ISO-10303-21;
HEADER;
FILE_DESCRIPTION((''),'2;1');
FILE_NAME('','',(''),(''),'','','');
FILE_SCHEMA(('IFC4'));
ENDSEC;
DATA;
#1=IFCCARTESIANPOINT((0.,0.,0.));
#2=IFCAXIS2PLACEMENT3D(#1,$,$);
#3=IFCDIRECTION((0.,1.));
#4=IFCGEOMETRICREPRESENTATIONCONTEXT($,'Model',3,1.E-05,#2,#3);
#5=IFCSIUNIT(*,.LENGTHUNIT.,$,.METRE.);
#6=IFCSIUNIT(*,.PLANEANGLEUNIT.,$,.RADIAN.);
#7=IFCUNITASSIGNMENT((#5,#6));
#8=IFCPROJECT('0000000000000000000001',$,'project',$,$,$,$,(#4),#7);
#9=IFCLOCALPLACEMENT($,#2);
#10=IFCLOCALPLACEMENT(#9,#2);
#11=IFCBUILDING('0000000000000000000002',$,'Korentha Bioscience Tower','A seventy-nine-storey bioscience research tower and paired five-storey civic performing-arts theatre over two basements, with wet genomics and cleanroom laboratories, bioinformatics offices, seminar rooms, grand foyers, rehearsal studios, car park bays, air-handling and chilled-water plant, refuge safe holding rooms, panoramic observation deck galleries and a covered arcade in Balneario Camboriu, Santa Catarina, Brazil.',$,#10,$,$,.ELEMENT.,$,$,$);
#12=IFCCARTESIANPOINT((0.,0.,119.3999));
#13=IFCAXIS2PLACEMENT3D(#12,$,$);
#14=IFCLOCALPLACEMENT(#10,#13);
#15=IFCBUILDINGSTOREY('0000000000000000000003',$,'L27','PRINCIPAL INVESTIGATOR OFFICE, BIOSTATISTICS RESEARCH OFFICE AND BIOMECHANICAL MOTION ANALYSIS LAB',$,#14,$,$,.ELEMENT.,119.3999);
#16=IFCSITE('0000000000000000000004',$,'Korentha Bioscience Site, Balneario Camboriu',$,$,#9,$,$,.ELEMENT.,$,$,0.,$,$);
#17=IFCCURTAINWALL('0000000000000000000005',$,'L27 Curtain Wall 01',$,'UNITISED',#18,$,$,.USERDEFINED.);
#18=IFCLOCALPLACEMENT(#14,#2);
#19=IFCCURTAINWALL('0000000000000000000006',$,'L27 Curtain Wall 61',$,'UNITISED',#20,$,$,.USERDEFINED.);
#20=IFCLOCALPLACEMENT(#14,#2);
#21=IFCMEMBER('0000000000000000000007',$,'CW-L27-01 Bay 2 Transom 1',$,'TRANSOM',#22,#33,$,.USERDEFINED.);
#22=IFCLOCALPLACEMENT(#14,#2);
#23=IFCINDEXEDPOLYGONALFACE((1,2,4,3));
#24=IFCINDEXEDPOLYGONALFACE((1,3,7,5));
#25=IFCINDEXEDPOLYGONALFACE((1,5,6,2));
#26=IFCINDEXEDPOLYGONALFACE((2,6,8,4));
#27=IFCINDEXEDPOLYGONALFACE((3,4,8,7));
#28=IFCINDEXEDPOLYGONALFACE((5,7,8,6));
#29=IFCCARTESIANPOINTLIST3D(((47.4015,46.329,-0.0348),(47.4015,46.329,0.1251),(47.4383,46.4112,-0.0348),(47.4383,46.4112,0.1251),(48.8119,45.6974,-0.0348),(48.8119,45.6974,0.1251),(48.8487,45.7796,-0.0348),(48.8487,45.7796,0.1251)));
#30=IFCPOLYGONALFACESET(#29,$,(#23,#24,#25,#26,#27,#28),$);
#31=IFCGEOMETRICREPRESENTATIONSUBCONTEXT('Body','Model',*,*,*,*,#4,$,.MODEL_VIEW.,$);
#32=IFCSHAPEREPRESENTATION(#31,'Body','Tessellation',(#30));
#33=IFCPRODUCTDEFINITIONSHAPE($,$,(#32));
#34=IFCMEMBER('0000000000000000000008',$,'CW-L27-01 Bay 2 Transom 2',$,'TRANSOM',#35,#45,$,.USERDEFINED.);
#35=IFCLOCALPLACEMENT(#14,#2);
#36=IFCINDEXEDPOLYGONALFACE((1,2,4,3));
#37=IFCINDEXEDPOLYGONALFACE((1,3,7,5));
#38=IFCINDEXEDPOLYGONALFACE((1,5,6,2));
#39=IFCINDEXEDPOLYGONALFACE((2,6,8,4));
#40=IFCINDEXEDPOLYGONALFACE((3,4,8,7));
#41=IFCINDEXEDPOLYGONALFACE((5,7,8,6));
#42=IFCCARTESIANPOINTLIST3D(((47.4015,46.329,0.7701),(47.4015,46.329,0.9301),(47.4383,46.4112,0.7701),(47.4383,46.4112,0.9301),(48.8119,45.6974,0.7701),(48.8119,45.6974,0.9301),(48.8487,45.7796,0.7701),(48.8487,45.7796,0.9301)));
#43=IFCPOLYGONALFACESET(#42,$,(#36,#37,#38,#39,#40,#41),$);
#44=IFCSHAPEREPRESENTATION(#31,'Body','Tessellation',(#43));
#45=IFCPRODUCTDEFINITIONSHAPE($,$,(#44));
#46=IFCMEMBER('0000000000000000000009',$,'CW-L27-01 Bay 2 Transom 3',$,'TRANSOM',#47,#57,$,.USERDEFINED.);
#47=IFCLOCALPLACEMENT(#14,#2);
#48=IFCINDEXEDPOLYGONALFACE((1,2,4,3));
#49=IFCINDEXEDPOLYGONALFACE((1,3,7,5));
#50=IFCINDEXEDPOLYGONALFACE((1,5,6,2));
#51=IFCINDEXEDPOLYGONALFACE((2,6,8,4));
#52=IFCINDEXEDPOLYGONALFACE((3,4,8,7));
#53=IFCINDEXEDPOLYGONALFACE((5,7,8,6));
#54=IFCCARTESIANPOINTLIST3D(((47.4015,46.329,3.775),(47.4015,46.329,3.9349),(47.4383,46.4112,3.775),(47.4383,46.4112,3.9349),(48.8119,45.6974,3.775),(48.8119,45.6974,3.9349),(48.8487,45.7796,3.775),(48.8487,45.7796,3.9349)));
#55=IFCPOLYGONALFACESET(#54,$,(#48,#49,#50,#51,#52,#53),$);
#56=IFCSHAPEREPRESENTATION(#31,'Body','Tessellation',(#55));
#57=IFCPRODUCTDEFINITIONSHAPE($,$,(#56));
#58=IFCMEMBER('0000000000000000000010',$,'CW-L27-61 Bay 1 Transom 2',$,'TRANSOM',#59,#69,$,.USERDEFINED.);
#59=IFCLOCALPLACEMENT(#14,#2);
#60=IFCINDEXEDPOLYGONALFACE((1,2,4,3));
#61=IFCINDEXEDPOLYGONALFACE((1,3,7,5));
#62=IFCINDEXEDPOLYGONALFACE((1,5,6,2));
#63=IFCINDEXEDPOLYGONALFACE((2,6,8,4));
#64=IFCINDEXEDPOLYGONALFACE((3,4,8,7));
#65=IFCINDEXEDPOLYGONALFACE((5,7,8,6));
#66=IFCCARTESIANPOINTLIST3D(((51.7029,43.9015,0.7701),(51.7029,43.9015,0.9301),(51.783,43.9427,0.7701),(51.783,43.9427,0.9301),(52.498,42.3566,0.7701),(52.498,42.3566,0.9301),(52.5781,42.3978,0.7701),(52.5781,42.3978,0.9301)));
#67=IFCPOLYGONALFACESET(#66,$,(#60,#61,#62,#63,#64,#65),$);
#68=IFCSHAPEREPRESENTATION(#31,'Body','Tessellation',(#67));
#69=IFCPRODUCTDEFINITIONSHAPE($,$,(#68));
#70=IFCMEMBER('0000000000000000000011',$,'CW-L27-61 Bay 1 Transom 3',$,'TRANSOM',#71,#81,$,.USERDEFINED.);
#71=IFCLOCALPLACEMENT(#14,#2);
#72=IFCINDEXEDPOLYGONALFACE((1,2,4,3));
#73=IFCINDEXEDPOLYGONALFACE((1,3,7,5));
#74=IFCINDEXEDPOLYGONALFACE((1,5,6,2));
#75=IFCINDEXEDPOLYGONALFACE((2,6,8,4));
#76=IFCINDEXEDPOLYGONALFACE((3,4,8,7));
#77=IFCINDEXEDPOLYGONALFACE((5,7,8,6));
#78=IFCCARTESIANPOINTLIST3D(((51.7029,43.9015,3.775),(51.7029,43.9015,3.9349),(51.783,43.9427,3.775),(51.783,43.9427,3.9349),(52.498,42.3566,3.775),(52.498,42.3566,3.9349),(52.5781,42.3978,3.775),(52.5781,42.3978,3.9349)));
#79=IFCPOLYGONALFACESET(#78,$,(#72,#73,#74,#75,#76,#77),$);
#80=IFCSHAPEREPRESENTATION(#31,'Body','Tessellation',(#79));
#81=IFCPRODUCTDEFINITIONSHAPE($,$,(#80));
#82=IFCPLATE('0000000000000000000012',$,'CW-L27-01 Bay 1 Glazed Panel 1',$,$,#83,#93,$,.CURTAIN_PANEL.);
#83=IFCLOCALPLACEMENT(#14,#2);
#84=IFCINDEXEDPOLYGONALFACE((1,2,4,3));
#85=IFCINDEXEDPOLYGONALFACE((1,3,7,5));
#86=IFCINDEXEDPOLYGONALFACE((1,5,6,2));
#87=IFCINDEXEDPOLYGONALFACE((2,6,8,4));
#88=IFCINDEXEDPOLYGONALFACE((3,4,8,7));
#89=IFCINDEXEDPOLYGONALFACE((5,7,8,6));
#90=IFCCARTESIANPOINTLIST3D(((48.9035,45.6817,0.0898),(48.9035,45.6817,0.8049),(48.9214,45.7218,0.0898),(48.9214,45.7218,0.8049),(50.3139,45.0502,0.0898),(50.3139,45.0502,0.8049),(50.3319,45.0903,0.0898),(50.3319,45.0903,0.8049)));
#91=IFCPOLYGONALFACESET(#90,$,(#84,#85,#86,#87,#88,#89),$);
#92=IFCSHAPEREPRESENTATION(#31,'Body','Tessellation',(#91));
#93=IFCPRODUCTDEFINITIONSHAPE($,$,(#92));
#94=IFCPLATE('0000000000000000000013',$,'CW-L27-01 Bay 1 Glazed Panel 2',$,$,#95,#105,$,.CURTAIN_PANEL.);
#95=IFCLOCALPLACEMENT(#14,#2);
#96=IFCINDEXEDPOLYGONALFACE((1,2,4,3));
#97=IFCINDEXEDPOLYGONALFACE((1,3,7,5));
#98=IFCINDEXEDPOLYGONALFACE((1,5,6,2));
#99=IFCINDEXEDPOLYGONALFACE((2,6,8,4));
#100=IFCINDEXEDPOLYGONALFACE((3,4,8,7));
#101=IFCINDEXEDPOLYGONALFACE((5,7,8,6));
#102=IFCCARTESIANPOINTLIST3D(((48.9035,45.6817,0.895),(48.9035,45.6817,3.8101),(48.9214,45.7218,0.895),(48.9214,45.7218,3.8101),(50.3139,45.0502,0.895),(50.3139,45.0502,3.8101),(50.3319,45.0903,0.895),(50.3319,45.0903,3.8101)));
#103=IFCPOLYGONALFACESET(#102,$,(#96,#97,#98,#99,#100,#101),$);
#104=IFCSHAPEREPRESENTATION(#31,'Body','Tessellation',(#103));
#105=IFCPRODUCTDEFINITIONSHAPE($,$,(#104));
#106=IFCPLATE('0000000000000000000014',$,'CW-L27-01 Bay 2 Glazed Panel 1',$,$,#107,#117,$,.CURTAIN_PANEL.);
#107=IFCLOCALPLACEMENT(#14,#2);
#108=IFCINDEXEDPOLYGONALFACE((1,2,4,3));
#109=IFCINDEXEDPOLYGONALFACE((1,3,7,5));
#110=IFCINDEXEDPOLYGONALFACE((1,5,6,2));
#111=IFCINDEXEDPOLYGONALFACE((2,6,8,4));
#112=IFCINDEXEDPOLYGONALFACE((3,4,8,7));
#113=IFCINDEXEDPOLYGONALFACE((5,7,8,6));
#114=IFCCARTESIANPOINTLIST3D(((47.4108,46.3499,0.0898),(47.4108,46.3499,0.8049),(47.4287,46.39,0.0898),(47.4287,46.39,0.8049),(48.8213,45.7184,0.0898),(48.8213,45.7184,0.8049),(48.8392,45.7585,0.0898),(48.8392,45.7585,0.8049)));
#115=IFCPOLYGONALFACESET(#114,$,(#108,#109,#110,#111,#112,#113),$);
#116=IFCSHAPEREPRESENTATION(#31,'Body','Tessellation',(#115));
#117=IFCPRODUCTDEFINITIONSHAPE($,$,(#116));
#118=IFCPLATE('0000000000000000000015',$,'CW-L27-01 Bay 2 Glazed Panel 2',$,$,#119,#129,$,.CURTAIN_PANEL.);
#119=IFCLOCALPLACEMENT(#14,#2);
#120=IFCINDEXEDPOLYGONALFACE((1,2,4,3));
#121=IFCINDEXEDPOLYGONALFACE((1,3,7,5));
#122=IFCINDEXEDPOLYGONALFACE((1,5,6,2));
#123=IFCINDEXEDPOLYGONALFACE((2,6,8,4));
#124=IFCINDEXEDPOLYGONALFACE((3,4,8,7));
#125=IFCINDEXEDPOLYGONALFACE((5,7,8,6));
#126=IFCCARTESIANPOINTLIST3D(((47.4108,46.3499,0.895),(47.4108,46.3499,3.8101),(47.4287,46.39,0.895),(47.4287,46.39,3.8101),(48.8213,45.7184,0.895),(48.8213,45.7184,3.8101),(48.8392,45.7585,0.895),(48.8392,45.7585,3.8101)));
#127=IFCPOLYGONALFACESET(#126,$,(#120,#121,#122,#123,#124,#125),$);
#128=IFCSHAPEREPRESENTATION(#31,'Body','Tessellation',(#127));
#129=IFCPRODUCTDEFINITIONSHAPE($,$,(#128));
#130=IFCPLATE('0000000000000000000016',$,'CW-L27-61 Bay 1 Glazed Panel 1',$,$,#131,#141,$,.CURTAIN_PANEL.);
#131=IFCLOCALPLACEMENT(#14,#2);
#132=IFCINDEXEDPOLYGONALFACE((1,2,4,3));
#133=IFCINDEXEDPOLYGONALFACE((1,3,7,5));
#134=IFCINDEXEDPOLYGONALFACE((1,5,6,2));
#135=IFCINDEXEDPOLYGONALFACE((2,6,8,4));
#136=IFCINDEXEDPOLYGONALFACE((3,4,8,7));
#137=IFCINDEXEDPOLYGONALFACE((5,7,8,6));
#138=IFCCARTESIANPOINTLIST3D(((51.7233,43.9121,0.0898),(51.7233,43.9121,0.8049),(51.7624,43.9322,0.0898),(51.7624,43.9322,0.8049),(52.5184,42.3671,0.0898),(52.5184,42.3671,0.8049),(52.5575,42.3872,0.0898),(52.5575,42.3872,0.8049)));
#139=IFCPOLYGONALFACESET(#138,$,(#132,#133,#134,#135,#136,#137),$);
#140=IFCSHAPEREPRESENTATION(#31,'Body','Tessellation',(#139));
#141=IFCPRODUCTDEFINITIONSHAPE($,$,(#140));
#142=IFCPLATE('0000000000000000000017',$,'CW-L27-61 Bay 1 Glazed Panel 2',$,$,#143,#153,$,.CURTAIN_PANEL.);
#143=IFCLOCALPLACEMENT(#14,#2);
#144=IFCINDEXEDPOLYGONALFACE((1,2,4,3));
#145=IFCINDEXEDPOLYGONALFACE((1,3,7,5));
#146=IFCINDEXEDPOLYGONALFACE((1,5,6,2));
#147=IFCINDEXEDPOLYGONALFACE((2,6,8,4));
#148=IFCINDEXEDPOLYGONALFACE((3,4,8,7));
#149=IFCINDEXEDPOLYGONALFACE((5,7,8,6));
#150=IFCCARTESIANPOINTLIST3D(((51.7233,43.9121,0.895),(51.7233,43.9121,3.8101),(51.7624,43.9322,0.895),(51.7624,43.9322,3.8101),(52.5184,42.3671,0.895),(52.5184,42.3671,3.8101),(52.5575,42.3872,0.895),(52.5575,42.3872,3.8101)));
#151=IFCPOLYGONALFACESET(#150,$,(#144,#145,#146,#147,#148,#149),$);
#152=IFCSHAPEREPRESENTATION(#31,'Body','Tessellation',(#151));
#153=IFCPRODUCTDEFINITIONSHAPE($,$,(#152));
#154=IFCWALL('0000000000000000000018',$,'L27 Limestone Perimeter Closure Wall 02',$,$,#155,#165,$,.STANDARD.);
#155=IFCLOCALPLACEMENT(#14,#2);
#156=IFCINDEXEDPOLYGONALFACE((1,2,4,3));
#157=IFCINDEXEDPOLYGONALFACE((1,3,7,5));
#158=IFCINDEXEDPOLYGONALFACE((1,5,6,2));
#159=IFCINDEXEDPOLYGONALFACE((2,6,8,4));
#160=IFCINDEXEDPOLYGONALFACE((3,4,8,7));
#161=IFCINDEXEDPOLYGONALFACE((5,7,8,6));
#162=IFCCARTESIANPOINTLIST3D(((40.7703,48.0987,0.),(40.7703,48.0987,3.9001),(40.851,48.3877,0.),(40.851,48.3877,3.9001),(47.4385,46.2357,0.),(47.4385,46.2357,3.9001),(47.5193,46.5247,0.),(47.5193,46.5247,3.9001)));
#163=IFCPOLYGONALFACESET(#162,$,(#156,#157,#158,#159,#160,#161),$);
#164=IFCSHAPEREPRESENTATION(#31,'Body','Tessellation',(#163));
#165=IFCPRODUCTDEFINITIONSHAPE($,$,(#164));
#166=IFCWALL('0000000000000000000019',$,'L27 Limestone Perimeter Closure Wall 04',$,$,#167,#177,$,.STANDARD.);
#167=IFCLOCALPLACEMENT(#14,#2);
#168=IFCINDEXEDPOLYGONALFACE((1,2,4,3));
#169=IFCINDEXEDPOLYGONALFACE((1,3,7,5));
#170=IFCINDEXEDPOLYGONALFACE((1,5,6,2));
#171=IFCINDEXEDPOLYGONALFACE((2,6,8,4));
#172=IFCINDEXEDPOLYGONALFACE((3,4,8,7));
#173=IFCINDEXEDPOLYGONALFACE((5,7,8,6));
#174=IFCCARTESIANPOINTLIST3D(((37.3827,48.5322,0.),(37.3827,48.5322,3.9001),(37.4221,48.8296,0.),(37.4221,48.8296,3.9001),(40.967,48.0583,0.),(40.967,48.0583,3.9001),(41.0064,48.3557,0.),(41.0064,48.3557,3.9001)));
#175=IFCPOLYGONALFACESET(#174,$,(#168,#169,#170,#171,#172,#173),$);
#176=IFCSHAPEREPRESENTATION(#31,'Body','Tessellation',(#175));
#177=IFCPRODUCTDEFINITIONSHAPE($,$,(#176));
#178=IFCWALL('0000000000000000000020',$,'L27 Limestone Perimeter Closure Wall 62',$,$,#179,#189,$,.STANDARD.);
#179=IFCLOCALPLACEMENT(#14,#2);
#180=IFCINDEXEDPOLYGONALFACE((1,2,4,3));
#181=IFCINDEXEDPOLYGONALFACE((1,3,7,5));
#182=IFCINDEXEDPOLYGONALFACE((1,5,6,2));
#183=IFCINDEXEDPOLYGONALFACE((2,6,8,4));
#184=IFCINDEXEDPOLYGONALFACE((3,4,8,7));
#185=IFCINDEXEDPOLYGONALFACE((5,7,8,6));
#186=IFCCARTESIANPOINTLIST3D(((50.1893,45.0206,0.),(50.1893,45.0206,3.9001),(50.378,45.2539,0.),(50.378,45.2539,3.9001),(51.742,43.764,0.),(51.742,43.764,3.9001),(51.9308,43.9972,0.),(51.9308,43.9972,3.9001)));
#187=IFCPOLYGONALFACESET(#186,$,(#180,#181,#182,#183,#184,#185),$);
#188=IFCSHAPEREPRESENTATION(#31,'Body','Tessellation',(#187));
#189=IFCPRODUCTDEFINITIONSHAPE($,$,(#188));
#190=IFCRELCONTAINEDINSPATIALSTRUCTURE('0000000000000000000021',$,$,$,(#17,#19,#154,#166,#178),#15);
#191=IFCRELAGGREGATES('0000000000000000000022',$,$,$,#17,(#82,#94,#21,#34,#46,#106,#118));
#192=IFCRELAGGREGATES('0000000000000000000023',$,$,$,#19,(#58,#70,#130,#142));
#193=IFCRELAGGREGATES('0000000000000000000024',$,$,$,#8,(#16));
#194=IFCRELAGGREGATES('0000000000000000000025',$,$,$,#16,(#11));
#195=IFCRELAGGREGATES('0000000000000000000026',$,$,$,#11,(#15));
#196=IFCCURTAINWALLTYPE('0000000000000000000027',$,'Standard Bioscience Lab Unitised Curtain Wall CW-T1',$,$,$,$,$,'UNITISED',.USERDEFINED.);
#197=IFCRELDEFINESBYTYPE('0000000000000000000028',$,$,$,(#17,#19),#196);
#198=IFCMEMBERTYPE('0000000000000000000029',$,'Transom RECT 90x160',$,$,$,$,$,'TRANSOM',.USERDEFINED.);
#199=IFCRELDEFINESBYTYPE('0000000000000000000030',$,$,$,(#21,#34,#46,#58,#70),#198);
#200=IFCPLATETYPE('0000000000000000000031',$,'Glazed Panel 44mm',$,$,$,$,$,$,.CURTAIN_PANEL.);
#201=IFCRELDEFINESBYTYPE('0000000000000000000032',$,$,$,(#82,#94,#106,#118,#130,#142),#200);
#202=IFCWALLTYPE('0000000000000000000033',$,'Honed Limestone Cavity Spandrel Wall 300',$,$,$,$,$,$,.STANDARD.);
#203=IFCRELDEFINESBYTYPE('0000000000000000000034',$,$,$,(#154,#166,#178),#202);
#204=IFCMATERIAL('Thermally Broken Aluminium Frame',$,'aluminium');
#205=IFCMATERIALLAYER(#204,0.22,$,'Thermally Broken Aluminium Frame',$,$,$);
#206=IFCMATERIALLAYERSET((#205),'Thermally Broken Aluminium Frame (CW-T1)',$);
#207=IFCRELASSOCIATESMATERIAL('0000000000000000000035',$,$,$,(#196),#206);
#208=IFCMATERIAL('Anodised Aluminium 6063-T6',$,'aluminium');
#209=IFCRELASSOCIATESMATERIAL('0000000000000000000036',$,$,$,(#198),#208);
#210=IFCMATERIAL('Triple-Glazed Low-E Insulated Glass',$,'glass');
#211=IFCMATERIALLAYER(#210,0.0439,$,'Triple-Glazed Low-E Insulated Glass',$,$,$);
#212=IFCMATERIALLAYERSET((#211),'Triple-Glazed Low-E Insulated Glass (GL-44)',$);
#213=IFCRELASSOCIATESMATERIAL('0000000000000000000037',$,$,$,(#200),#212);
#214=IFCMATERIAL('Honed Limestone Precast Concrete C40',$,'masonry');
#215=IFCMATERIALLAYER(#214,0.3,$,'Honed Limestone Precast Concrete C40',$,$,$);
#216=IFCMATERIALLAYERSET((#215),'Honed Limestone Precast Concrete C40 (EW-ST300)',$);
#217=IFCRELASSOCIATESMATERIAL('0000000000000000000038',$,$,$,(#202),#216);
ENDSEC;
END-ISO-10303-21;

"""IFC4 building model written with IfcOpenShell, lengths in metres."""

from ifc_helpers import new_model, si_unit, direction, frame, frame_2d, origin, origin_2d, place, context, subcontext, project, spatial, rectangle, extrude, material, layer, layer_set, material_profile, profile_set, type_object, element, aggregate, save


model = new_model("IFC4")

# Units and contexts
model_context = context("Model", 3, precision=1e-05, world=origin(), true_north=direction((0.0, 1.0)))
body_context = subcontext(model_context, "Body", "Model", "MODEL_VIEW")
ifc_project = project(units=[si_unit("LENGTHUNIT", "METRE"), si_unit("PLANEANGLEUNIT", "RADIAN")], contexts=[model_context])

# Site, building, storey
site_placement = place(None, origin())
site = spatial("IfcSite", under=ifc_project, at=site_placement, Name="Korentha Bioscience Site, Balneario Camboriu", CompositionType="ELEMENT", RefElevation=0.0)
building_placement = place(site_placement, origin())
building = spatial("IfcBuilding", under=site, at=building_placement, Name="Korentha Bioscience Tower", Description="A seventy-nine-storey bioscience research tower and paired five-storey civic performing-arts theatre over two basements, with wet genomics and cleanroom laboratories, bioinformatics offices, seminar rooms, grand foyers, rehearsal studios, car park bays, air-handling and chilled-water plant, refuge safe holding rooms, panoramic observation deck galleries and a covered arcade in Balneario Camboriu, Santa Catarina, Brazil.", CompositionType="ELEMENT")
storey_placement = place(building_placement, frame((0.0, 0.0, 119.3999)))
storey = spatial("IfcBuildingStorey", under=building, at=storey_placement, Name="L27", Description="PRINCIPAL INVESTIGATOR OFFICE, BIOSTATISTICS RESEARCH OFFICE AND BIOMECHANICAL MOTION ANALYSIS LAB", CompositionType="ELEMENT", Elevation=119.3999)

# Curtain wall
ifc_material_1 = material(Name="Thermally Broken Aluminium Frame", Category="aluminium")
ifc_layer_1 = layer(ifc_material_1, 0.22, Name="Thermally Broken Aluminium Frame")
ifc_layer_set_1 = layer_set([ifc_layer_1], Name="Thermally Broken Aluminium Frame (CW-T1)")
curtain_wall_type = type_object("IfcCurtainWallType", Name="Standard Bioscience Lab Unitised Curtain Wall CW-T1", ElementType="UNITISED", PredefinedType="USERDEFINED", material=ifc_layer_set_1)
curtain_wall_1_placement = place(storey_placement, origin())
curtain_wall_1 = element("IfcCurtainWall", 1, at=curtain_wall_1_placement, inside=storey, type_object=curtain_wall_type, Name="L27 Curtain Wall 01", ObjectType="UNITISED", PredefinedType="USERDEFINED")
ifc_material_2 = material(Name="Anodised Aluminium 6063-T6", Category="aluminium")

# Curtain wall
curtain_wall_2_placement = place(storey_placement, origin())
curtain_wall_2 = element("IfcCurtainWall", 2, at=curtain_wall_2_placement, inside=storey, type_object=curtain_wall_type, Name="L27 Curtain Wall 61", ObjectType="UNITISED", PredefinedType="USERDEFINED")

# Members
ifc_material_profile_1 = material_profile(ifc_material_2, rectangle(XDim=0.0901, YDim=0.1599, at=origin_2d()), Name="Anodised Aluminium 6063-T6")
ifc_profile_set_1 = profile_set([ifc_material_profile_1], Name="Anodised Aluminium 6063-T6 (CW-TRN)")
member_type_1 = type_object("IfcMemberType", Name="Transom RECT 90x160", ElementType="TRANSOM", PredefinedType="USERDEFINED", material=ifc_profile_set_1)
member_1_placement = place(storey_placement, frame((48.8303, 45.7385, 0.0452), z_axis=(-0.912668, 0.408702, 0.0), x_axis=(-0.408702, -0.912668, 0.0)))
member_1 = element("IfcMember", 3, at=member_1_placement, type_object=member_type_1, Name="CW-L27-01 Bay 2 Transom 1", ObjectType="TRANSOM", PredefinedType="USERDEFINED", context=body_context, shape_type="SweptSolid", body=[
    extrude(rectangle(XDim=0.0901, YDim=0.1599, at=origin_2d()), origin(), (0.0, 0.0, 1.0), 1.5454),
])
member_2_placement = place(storey_placement, frame((48.8303, 45.7385, 0.8501), z_axis=(-0.912668, 0.408702, 0.0), x_axis=(-0.408702, -0.912668, 0.0)))
member_2 = element("IfcMember", 4, at=member_2_placement, type_object=member_type_1, Name="CW-L27-01 Bay 2 Transom 2", ObjectType="TRANSOM", PredefinedType="USERDEFINED", context=body_context, shape_type="SweptSolid", body=[
    extrude(rectangle(XDim=0.0901, YDim=0.1599, at=origin_2d()), origin(), (0.0, 0.0, 1.0), 1.5454),
])
member_3_placement = place(storey_placement, frame((48.8303, 45.7385, 3.855), z_axis=(-0.912668, 0.408702, 0.0), x_axis=(-0.408702, -0.912668, 0.0)))
member_3 = element("IfcMember", 5, at=member_3_placement, type_object=member_type_1, Name="CW-L27-01 Bay 2 Transom 3", ObjectType="TRANSOM", PredefinedType="USERDEFINED", context=body_context, shape_type="SweptSolid", body=[
    extrude(rectangle(XDim=0.0901, YDim=0.1599, at=origin_2d()), origin(), (0.0, 0.0, 1.0), 1.5454),
])
member_4_placement = place(storey_placement, frame((52.5381, 42.3772, 0.8501), z_axis=(-0.457637, 0.889139, 0.0), x_axis=(-0.889139, -0.457637, 0.0)))
member_4 = element("IfcMember", 6, at=member_4_placement, type_object=member_type_1, Name="CW-L27-61 Bay 1 Transom 2", ObjectType="TRANSOM", PredefinedType="USERDEFINED", context=body_context, shape_type="SweptSolid", body=[
    extrude(rectangle(XDim=0.0901, YDim=0.1599, at=origin_2d()), origin(), (0.0, 0.0, 1.0), 1.7375),
])
member_5_placement = place(storey_placement, frame((52.5381, 42.3772, 3.855), z_axis=(-0.457637, 0.889139, 0.0), x_axis=(-0.889139, -0.457637, 0.0)))
member_5 = element("IfcMember", 7, at=member_5_placement, type_object=member_type_1, Name="CW-L27-61 Bay 1 Transom 3", ObjectType="TRANSOM", PredefinedType="USERDEFINED", context=body_context, shape_type="SweptSolid", body=[
    extrude(rectangle(XDim=0.0901, YDim=0.1599, at=origin_2d()), origin(), (0.0, 0.0, 1.0), 1.7375),
])

# Plates
ifc_material_3 = material(Name="Triple-Glazed Low-E Insulated Glass", Category="glass")
ifc_layer_2 = layer(ifc_material_3, 0.0439, Name="Triple-Glazed Low-E Insulated Glass")
ifc_layer_set_2 = layer_set([ifc_layer_2], Name="Triple-Glazed Low-E Insulated Glass (GL-44)")
plate_type = type_object("IfcPlateType", Name="Glazed Panel 44mm", PredefinedType="CURTAIN_PANEL", material=ifc_layer_set_2)
plate_1_placement = place(storey_placement, frame((49.6177, 45.386, 0.0898), z_axis=(0.0, 0.0, 1.0), x_axis=(-0.912687, 0.40866, 0.0)))
plate_1 = element("IfcPlate", 8, at=plate_1_placement, type_object=plate_type, Name="CW-L27-01 Bay 1 Glazed Panel 1", PredefinedType="CURTAIN_PANEL", context=body_context, shape_type="SweptSolid", body=[
    extrude(rectangle(XDim=1.5454, YDim=0.0439, at=origin_2d()), origin(), (0.0, 0.0, 1.0), 0.7151),
])
plate_2_placement = place(storey_placement, frame((49.6177, 45.386, 0.895), z_axis=(0.0, 0.0, 1.0), x_axis=(-0.912687, 0.40866, 0.0)))
plate_2 = element("IfcPlate", 9, at=plate_2_placement, type_object=plate_type, Name="CW-L27-01 Bay 1 Glazed Panel 2", PredefinedType="CURTAIN_PANEL", context=body_context, shape_type="SweptSolid", body=[
    extrude(rectangle(XDim=1.5454, YDim=0.0439, at=origin_2d()), origin(), (0.0, 0.0, 1.0), 2.915),
])
plate_3_placement = place(storey_placement, frame((48.125, 46.0542, 0.0898), z_axis=(0.0, 0.0, 1.0), x_axis=(-0.912687, 0.40866, 0.0)))
plate_3 = element("IfcPlate", 10, at=plate_3_placement, type_object=plate_type, Name="CW-L27-01 Bay 2 Glazed Panel 1", PredefinedType="CURTAIN_PANEL", context=body_context, shape_type="SweptSolid", body=[
    extrude(rectangle(XDim=1.5454, YDim=0.0439, at=origin_2d()), origin(), (0.0, 0.0, 1.0), 0.7151),
])
plate_4_placement = place(storey_placement, frame((48.125, 46.0542, 0.895), z_axis=(0.0, 0.0, 1.0), x_axis=(-0.912687, 0.40866, 0.0)))
plate_4 = element("IfcPlate", 11, at=plate_4_placement, type_object=plate_type, Name="CW-L27-01 Bay 2 Glazed Panel 2", PredefinedType="CURTAIN_PANEL", context=body_context, shape_type="SweptSolid", body=[
    extrude(rectangle(XDim=1.5454, YDim=0.0439, at=origin_2d()), origin(), (0.0, 0.0, 1.0), 2.915),
])
aggregate(curtain_wall_1, [plate_1, plate_2, member_1, member_2, member_3, plate_3, plate_4])
plate_5_placement = place(storey_placement, frame((52.1404, 43.1497, 0.0898), z_axis=(0.0, 0.0, 1.0), x_axis=(-0.457613, 0.889151, 0.0)))
plate_5 = element("IfcPlate", 12, at=plate_5_placement, type_object=plate_type, Name="CW-L27-61 Bay 1 Glazed Panel 1", PredefinedType="CURTAIN_PANEL", context=body_context, shape_type="SweptSolid", body=[
    extrude(rectangle(XDim=1.7375, YDim=0.0439, at=origin_2d()), origin(), (0.0, 0.0, 1.0), 0.7151),
])
plate_6_placement = place(storey_placement, frame((52.1404, 43.1497, 0.895), z_axis=(0.0, 0.0, 1.0), x_axis=(-0.457613, 0.889151, 0.0)))
plate_6 = element("IfcPlate", 13, at=plate_6_placement, type_object=plate_type, Name="CW-L27-61 Bay 1 Glazed Panel 2", PredefinedType="CURTAIN_PANEL", context=body_context, shape_type="SweptSolid", body=[
    extrude(rectangle(XDim=1.7375, YDim=0.0439, at=origin_2d()), origin(), (0.0, 0.0, 1.0), 2.915),
])
aggregate(curtain_wall_2, [member_4, member_5, plate_5, plate_6])

# Walls
ifc_material_4 = material(Name="Honed Limestone Precast Concrete C40", Category="masonry")
ifc_layer_3 = layer(ifc_material_4, 0.3, Name="Honed Limestone Precast Concrete C40")
ifc_layer_set_3 = layer_set([ifc_layer_3], Name="Honed Limestone Precast Concrete C40 (EW-ST300)")
wall_type_1 = type_object("IfcWallType", Name="Honed Limestone Cavity Spandrel Wall 300", PredefinedType="STANDARD", material=ifc_layer_set_3)
wall_1_placement = place(storey_placement, frame((47.479, 46.3801, 0.0), z_axis=(0.0, 0.0, 1.0), x_axis=(-0.963116, 0.269086, 0.0)))
element("IfcWall", 14, at=wall_1_placement, inside=storey, type_object=wall_type_1, Name="L27 Limestone Perimeter Closure Wall 02", PredefinedType="STANDARD", context=body_context, shape_type="SweptSolid", body=[
    extrude(rectangle(XDim=6.9236, YDim=0.3, at=frame_2d((3.4619, 0.0))), origin(), (0.0, 0.0, 1.0), 3.9001),
])
wall_2_placement = place(storey_placement, frame((40.9866, 48.207, 0.0), z_axis=(0.0, 0.0, 1.0), x_axis=(-0.991373, 0.131071, 0.0)))
element("IfcWall", 15, at=wall_2_placement, inside=storey, type_object=wall_type_1, Name="L27 Limestone Perimeter Closure Wall 04", PredefinedType="STANDARD", context=body_context, shape_type="SweptSolid", body=[
    extrude(rectangle(XDim=3.6155, YDim=0.3, at=frame_2d((1.8076, 0.0))), origin(), (0.0, 0.0, 1.0), 3.9001),
])
wall_3_placement = place(storey_placement, frame((51.8364, 43.8806, 0.0), z_axis=(0.0, 0.0, 1.0), x_axis=(-0.777339, 0.629082, 0.0)))
element("IfcWall", 16, at=wall_3_placement, inside=storey, type_object=wall_type_1, Name="L27 Limestone Perimeter Closure Wall 62", PredefinedType="STANDARD", context=body_context, shape_type="SweptSolid", body=[
    extrude(rectangle(XDim=1.9976, YDim=0.3, at=frame_2d((0.9988, 0.0))), origin(), (0.0, 0.0, 1.0), 3.9001),
])

save(model, "model.ifc")
